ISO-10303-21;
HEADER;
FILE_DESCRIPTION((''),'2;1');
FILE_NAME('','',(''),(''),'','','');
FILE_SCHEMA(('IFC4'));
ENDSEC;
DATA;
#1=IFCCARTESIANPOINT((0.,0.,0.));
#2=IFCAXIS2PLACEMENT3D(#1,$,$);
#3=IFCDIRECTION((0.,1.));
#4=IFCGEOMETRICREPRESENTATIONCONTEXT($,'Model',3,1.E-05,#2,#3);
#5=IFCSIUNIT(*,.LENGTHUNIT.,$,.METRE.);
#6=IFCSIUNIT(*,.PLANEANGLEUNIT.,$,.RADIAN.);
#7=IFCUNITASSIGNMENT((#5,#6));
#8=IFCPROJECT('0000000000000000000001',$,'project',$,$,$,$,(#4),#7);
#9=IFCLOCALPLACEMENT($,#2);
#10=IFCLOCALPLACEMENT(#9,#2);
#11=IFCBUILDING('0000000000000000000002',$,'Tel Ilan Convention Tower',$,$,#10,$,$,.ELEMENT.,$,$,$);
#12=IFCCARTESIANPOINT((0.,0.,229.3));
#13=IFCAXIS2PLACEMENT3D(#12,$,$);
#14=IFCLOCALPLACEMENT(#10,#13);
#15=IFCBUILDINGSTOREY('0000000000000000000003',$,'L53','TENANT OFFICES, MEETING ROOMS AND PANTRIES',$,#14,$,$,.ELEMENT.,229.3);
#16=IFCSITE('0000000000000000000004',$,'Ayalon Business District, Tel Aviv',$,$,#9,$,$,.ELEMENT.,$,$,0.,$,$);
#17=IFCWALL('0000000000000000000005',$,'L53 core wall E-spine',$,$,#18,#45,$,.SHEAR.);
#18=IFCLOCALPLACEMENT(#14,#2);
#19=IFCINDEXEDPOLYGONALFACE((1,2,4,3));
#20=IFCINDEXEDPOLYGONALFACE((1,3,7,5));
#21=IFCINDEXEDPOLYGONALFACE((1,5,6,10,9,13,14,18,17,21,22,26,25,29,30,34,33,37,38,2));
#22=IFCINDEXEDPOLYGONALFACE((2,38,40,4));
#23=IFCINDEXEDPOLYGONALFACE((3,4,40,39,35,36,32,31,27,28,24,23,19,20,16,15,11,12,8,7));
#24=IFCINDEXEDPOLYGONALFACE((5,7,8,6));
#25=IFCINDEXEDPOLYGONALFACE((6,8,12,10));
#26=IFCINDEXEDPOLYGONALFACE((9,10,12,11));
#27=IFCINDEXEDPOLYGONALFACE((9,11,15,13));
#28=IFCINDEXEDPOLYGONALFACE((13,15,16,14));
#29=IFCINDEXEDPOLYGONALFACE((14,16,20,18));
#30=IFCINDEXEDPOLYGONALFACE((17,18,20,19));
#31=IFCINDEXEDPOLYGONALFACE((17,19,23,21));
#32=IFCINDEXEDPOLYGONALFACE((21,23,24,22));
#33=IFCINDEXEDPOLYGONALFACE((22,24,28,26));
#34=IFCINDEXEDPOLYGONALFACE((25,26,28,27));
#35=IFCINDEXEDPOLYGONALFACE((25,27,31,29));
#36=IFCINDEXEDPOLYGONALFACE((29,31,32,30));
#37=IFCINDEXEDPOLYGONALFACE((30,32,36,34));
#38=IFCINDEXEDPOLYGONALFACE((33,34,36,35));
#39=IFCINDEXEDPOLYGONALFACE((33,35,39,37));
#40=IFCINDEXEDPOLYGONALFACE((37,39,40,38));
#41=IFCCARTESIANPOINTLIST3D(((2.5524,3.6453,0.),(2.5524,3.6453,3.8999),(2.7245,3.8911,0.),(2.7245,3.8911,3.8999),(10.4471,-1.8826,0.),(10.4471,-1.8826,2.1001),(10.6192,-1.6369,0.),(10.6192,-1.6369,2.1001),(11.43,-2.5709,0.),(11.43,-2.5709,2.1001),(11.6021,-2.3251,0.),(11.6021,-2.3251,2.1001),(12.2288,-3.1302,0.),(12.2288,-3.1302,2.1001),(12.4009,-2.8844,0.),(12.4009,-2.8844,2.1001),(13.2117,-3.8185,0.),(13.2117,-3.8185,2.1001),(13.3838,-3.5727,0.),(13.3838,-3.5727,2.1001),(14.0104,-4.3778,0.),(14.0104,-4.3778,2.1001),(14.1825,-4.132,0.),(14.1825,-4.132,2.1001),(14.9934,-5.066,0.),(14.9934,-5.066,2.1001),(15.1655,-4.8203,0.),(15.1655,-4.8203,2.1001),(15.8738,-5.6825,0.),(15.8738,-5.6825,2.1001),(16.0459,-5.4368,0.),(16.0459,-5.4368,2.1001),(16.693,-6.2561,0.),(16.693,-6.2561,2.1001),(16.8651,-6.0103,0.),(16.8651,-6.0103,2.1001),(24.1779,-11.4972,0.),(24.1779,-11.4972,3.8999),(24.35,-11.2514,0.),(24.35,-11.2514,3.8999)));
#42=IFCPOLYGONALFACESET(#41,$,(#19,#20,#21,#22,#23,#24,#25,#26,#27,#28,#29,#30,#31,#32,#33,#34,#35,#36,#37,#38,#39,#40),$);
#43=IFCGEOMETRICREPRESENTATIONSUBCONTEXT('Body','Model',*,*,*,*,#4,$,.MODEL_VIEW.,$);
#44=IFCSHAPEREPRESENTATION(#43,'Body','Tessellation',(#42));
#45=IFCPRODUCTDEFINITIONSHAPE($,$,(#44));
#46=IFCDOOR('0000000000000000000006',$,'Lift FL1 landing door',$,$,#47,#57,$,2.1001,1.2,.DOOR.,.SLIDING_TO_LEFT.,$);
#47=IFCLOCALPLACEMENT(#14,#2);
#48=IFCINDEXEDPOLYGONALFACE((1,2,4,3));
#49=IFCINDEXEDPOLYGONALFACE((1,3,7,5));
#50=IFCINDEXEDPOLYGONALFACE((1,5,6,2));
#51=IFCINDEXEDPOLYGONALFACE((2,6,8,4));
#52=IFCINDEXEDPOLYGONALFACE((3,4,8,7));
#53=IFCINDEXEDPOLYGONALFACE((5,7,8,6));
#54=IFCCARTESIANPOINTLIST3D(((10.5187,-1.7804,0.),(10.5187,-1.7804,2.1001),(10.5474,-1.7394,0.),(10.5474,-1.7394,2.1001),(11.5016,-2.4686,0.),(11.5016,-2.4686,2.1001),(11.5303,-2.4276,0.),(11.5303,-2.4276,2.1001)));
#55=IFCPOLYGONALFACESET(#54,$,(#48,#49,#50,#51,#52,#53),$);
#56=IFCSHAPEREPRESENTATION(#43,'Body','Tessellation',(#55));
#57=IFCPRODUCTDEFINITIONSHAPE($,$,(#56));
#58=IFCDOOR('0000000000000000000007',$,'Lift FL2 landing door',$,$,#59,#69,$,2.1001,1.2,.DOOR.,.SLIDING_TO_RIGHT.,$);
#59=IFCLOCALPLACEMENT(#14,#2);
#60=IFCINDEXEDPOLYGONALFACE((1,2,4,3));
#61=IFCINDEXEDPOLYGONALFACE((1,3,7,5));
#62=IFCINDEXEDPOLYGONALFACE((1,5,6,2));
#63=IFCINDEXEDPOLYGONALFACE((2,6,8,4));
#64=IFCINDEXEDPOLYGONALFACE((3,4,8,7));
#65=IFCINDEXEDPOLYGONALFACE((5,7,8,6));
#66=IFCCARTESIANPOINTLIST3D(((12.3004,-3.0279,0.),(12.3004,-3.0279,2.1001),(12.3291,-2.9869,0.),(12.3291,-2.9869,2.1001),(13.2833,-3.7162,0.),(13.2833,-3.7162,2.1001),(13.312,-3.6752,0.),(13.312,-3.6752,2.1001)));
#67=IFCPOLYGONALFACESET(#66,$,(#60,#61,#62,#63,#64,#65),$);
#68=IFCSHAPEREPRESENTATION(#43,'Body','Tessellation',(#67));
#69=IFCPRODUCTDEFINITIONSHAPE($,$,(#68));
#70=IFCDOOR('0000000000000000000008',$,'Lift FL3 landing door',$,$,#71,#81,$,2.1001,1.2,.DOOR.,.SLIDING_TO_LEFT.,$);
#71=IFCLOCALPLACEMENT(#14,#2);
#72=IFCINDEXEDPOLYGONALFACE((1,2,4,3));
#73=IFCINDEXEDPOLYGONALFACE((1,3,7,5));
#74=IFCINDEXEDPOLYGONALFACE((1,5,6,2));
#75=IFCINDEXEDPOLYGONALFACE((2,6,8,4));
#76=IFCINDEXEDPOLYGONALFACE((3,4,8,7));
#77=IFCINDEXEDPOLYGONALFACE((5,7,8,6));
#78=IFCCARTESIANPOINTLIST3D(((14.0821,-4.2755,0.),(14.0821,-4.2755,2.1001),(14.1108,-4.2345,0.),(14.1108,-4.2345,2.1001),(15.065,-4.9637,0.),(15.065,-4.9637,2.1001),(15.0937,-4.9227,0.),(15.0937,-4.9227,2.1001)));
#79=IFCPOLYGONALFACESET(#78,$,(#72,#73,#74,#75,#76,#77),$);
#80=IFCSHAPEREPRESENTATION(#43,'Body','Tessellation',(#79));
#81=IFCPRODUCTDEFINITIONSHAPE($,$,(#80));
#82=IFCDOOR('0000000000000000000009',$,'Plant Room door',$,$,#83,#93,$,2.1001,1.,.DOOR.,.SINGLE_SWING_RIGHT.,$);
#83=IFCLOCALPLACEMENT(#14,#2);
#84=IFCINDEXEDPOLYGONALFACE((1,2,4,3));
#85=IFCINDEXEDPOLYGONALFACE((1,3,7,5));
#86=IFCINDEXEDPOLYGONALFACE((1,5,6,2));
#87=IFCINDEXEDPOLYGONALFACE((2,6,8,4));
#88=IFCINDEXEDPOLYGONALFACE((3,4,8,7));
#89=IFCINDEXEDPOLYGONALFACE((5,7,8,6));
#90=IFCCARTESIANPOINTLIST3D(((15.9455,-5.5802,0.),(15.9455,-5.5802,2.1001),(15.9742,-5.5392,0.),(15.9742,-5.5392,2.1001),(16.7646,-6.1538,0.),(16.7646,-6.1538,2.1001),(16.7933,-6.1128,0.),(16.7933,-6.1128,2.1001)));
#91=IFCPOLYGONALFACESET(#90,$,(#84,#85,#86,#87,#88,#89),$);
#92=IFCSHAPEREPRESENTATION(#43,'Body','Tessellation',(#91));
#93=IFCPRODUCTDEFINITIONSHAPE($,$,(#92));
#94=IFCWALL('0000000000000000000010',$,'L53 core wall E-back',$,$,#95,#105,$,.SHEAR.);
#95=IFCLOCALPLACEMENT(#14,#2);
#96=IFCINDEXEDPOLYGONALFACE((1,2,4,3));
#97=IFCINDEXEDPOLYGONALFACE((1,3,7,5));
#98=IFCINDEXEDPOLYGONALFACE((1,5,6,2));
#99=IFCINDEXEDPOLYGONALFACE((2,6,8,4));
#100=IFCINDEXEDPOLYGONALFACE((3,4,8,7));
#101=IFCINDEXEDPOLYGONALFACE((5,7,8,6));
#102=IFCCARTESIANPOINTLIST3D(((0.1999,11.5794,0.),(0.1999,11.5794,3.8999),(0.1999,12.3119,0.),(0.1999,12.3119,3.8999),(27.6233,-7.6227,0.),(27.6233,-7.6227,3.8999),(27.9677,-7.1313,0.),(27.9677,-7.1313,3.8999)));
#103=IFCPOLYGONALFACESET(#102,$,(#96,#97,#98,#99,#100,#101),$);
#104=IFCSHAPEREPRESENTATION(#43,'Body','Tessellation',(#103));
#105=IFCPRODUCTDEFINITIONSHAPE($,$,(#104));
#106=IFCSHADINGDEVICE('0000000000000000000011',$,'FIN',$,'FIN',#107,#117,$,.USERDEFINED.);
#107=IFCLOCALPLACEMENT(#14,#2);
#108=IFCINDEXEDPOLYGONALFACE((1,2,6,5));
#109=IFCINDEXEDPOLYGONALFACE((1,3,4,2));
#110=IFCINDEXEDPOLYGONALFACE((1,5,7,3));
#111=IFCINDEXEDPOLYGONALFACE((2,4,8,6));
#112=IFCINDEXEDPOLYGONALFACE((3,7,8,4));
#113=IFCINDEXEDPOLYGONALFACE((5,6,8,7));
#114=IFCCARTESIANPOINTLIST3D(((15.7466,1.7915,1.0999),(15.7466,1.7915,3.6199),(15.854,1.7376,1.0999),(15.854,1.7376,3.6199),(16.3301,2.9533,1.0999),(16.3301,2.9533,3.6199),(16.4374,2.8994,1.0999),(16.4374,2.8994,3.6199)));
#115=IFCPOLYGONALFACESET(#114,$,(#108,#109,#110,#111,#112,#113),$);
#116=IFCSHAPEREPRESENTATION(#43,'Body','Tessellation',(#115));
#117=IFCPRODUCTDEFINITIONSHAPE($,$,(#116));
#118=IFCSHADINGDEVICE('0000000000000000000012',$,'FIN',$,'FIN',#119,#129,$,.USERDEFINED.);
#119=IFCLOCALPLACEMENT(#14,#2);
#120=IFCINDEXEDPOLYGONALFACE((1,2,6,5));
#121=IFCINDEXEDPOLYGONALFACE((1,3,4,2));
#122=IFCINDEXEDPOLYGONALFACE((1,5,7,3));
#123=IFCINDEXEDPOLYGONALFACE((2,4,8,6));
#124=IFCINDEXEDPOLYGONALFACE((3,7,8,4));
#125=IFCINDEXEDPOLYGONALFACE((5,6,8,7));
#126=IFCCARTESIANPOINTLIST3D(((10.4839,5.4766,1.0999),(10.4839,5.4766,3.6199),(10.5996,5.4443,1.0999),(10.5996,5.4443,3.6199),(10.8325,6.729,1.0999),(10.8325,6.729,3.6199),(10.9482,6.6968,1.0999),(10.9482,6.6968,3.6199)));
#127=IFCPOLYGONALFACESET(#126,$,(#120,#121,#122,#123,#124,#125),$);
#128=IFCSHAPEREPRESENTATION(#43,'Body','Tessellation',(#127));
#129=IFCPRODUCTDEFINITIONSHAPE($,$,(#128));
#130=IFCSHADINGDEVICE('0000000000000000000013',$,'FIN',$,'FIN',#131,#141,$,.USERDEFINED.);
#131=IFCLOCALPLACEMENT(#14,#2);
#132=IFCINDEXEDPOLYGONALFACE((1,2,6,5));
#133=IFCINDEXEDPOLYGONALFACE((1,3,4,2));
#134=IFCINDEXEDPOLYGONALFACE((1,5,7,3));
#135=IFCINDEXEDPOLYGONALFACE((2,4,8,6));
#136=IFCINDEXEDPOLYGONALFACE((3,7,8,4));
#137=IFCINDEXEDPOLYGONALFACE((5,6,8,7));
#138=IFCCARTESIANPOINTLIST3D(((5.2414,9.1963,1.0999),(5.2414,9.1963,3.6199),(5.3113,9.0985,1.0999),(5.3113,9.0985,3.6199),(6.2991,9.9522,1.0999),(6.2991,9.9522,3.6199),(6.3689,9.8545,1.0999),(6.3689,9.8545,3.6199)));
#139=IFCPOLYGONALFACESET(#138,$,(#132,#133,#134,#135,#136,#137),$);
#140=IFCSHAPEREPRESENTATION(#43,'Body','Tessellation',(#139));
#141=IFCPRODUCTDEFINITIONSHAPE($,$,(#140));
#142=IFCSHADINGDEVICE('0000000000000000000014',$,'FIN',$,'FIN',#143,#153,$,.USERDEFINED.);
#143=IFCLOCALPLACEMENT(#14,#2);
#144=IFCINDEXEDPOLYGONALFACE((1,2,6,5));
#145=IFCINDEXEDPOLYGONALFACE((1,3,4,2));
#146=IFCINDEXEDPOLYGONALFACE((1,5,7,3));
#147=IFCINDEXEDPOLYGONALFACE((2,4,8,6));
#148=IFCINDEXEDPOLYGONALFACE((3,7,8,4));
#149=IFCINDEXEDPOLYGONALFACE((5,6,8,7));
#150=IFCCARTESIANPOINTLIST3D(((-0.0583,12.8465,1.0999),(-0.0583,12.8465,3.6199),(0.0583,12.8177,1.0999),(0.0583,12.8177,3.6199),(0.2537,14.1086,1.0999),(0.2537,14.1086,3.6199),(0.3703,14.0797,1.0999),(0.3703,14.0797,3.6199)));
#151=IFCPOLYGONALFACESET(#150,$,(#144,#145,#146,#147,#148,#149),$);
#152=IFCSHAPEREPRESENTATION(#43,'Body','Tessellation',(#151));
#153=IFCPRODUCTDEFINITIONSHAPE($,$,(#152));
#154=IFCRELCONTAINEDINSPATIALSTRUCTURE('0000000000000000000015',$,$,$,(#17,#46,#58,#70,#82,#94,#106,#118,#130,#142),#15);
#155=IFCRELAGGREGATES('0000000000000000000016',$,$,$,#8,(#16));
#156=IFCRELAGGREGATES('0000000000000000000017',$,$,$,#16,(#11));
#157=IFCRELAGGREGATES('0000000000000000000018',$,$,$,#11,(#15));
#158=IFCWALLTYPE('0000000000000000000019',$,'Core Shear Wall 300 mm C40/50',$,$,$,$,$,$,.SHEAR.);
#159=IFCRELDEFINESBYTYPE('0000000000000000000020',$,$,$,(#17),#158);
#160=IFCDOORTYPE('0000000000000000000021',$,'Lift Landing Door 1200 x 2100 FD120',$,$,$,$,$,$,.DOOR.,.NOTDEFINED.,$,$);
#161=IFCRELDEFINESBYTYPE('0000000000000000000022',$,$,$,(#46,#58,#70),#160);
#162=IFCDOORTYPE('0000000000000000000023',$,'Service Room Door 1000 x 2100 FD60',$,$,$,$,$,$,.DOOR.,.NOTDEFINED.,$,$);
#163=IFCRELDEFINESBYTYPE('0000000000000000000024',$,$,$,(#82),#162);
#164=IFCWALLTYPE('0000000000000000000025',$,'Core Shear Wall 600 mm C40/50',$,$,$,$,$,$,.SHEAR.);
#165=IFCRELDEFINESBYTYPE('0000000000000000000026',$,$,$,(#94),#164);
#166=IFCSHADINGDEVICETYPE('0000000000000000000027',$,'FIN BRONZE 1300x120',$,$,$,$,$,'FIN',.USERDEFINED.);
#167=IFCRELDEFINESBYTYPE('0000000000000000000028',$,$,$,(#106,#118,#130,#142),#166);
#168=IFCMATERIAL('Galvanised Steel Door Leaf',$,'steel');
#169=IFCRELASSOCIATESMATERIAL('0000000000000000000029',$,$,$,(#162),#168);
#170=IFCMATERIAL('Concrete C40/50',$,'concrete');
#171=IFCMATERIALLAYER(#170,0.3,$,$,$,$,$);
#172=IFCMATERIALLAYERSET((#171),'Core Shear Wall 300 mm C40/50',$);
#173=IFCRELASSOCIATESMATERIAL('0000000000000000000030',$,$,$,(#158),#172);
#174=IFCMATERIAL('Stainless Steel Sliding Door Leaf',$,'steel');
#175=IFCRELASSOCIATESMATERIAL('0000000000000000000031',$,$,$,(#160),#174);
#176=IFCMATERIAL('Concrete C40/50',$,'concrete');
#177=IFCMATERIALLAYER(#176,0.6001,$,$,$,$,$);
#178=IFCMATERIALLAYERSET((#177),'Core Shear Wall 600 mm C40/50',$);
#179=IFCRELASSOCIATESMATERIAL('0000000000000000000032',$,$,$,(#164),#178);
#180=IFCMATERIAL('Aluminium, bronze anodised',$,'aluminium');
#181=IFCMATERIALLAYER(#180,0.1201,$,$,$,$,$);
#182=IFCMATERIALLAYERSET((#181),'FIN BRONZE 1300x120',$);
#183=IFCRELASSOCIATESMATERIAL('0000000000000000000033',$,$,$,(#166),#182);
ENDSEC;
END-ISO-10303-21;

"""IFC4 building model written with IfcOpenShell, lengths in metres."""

from ifc_helpers import new_model, si_unit, direction, frame, frame_2d, origin, origin_2d, place, context, subcontext, project, spatial, polyline, rectangle, outline, extrude, material, layer, layer_set, type_object, element, fill, save


model = new_model("IFC4")

# Units and contexts
model_context = context("Model", 3, precision=1e-05, world=origin(), true_north=direction((0.0, 1.0)))
body_context = subcontext(model_context, "Body", "Model", "MODEL_VIEW")
ifc_project = project(units=[si_unit("LENGTHUNIT", "METRE"), si_unit("PLANEANGLEUNIT", "RADIAN")], contexts=[model_context])

# Site, building, storey
site_placement = place(None, origin())
site = spatial("IfcSite", under=ifc_project, at=site_placement, Name="Ayalon Business District, Tel Aviv", CompositionType="ELEMENT", RefElevation=0.0)
building_placement = place(site_placement, origin())
building = spatial("IfcBuilding", under=site, at=building_placement, Name="Tel Ilan Convention Tower", CompositionType="ELEMENT")
storey_placement = place(building_placement, frame((0.0, 0.0, 229.3)))
storey = spatial("IfcBuildingStorey", under=building, at=storey_placement, Name="L53", Description="TENANT OFFICES, MEETING ROOMS AND PANTRIES", CompositionType="ELEMENT", Elevation=229.3)

# Shared definitions
ifc_material_1 = material(Name="Galvanised Steel Door Leaf", Category="steel")
door_type_1 = type_object("IfcDoorType", Name="Service Room Door 1000 x 2100 FD60", OperationType="NOTDEFINED", PredefinedType="DOOR", material=ifc_material_1)

# Wall, openings, doors
ifc_material_2 = material(Name="Concrete C40/50", Category="concrete")
ifc_layer_1 = layer(ifc_material_2, 0.3)
ifc_layer_set_1 = layer_set([ifc_layer_1], Name="Core Shear Wall 300 mm C40/50")
wall_type_1 = type_object("IfcWallType", Name="Core Shear Wall 300 mm C40/50", PredefinedType="SHEAR", material=ifc_layer_set_1)
wall_1_placement = place(storey_placement, frame((2.6384, 3.7681, 0.0), z_axis=(0.0, 0.0, 1.0), x_axis=(0.819155, -0.573572, 0.0)))
wall_1 = element("IfcWall", 1, at=wall_1_placement, inside=storey, type_object=wall_type_1, Name="L53 core wall E-spine", PredefinedType="SHEAR", context=body_context, shape_type="SweptSolid", body=[
    extrude(outline(polyline([(0.0, 0.1501), (0.0, -0.1499), (26.3999, -0.1501), (26.3999, 0.1499), (0.0, 0.1501)])), origin(), (0.0, 0.0, 1.0), 3.8999),
])
opening_1_placement = place(wall_1_placement, frame((9.6375, 0.0, 0.0)))
opening_1 = element("IfcOpeningElement", 2, at=opening_1_placement, cuts=wall_1, PredefinedType="OPENING", context=body_context, shape_type="SweptSolid", body=[
    extrude(rectangle(XDim=1.2, YDim=2.1001, at=frame_2d((0.6001, 1.05))), frame((0.0, 0.1599, 0.0), z_axis=(0.0, -1.0, 0.0), x_axis=(1.0, 0.0, 0.0)), (0.0, 0.0, 1.0), 0.3201),
])
opening_2_placement = place(wall_1_placement, frame((11.8125, 0.0, 0.0)))
opening_2 = element("IfcOpeningElement", 3, at=opening_2_placement, cuts=wall_1, PredefinedType="OPENING", context=body_context, shape_type="SweptSolid", body=[
    extrude(rectangle(XDim=1.2, YDim=2.1001, at=frame_2d((0.6001, 1.05))), frame((0.0, 0.1599, 0.0), z_axis=(0.0, -1.0, 0.0), x_axis=(1.0, 0.0, 0.0)), (0.0, 0.0, 1.0), 0.3201),
])
opening_3_placement = place(wall_1_placement, frame((13.9875, 0.0, 0.0)))
opening_3 = element("IfcOpeningElement", 4, at=opening_3_placement, cuts=wall_1, PredefinedType="OPENING", context=body_context, shape_type="SweptSolid", body=[
    extrude(rectangle(XDim=1.2, YDim=2.1001, at=frame_2d((0.6001, 1.05))), frame((0.0, 0.1599, 0.0), z_axis=(0.0, -1.0, 0.0), x_axis=(1.0, 0.0, 0.0)), (0.0, 0.0, 1.0), 0.3201),
])
opening_4_placement = place(wall_1_placement, frame((16.2625, 0.0, 0.0)))
opening_4 = element("IfcOpeningElement", 5, at=opening_4_placement, cuts=wall_1, PredefinedType="OPENING", context=body_context, shape_type="SweptSolid", body=[
    extrude(rectangle(XDim=1.0, YDim=2.1001, at=frame_2d((0.5, 1.05))), frame((0.0, 0.1599, 0.0), z_axis=(0.0, -1.0, 0.0), x_axis=(1.0, 0.0, 0.0)), (0.0, 0.0, 1.0), 0.3201),
])
ifc_material_3 = material(Name="Stainless Steel Sliding Door Leaf", Category="steel")
door_type_2 = type_object("IfcDoorType", Name="Lift Landing Door 1200 x 2100 FD120", OperationType="NOTDEFINED", PredefinedType="DOOR", material=ifc_material_3)
door_1_placement = place(opening_1_placement, origin())
door_1 = element("IfcDoor", 6, at=door_1_placement, inside=storey, type_object=door_type_2, Name="Lift FL1 landing door", OperationType="SLIDING_TO_LEFT", OverallHeight=2.1001, OverallWidth=1.2, PredefinedType="DOOR", context=body_context, shape_type="SweptSolid", body=[
    extrude(rectangle(XDim=1.2, YDim=2.1001, at=frame_2d((0.6001, 1.05))), frame((0.0, 0.0249, 0.0), z_axis=(0.0, -1.0, 0.0), x_axis=(1.0, 0.0, 0.0)), (0.0, 0.0, 1.0), 0.05),
])
fill(opening_1, door_1)
door_2_placement = place(opening_2_placement, origin())
door_2 = element("IfcDoor", 7, at=door_2_placement, inside=storey, type_object=door_type_2, Name="Lift FL2 landing door", OperationType="SLIDING_TO_RIGHT", OverallHeight=2.1001, OverallWidth=1.2, PredefinedType="DOOR", context=body_context, shape_type="SweptSolid", body=[
    extrude(rectangle(XDim=1.2, YDim=2.1001, at=frame_2d((0.6001, 1.05))), frame((0.0, 0.0249, 0.0), z_axis=(0.0, -1.0, 0.0), x_axis=(1.0, 0.0, 0.0)), (0.0, 0.0, 1.0), 0.05),
])
fill(opening_2, door_2)
door_3_placement = place(opening_3_placement, origin())
door_3 = element("IfcDoor", 8, at=door_3_placement, inside=storey, type_object=door_type_2, Name="Lift FL3 landing door", OperationType="SLIDING_TO_LEFT", OverallHeight=2.1001, OverallWidth=1.2, PredefinedType="DOOR", context=body_context, shape_type="SweptSolid", body=[
    extrude(rectangle(XDim=1.2, YDim=2.1001, at=frame_2d((0.6001, 1.05))), frame((0.0, 0.0249, 0.0), z_axis=(0.0, -1.0, 0.0), x_axis=(1.0, 0.0, 0.0)), (0.0, 0.0, 1.0), 0.05),
])
fill(opening_3, door_3)
door_4_placement = place(opening_4_placement, origin())
door_4 = element("IfcDoor", 9, at=door_4_placement, inside=storey, type_object=door_type_1, Name="Plant Room door", OperationType="SINGLE_SWING_RIGHT", OverallHeight=2.1001, OverallWidth=1.0, PredefinedType="DOOR", context=body_context, shape_type="SweptSolid", body=[
    extrude(rectangle(XDim=1.0, YDim=2.1001, at=frame_2d((0.5, 1.05))), frame((0.0, 0.0249, 0.0), z_axis=(0.0, -1.0, 0.0), x_axis=(1.0, 0.0, 0.0)), (0.0, 0.0, 1.0), 0.05),
])
fill(opening_4, door_4)

# Wall
ifc_material_4 = material(Name="Concrete C40/50", Category="concrete")
ifc_layer_2 = layer(ifc_material_4, 0.6001)
ifc_layer_set_2 = layer_set([ifc_layer_2], Name="Core Shear Wall 600 mm C40/50")
wall_type_2 = type_object("IfcWallType", Name="Core Shear Wall 600 mm C40/50", PredefinedType="SHEAR", material=ifc_layer_set_2)
wall_2_placement = place(storey_placement, frame((0.0278, 12.0662, 0.0), z_axis=(0.0, 0.0, 1.0), x_axis=(0.819151, -0.573577, 0.0)))
element("IfcWall", 10, at=wall_2_placement, inside=storey, type_object=wall_type_2, Name="L53 core wall E-back", PredefinedType="SHEAR", context=body_context, shape_type="SweptSolid", body=[
    extrude(outline(polyline([(33.8982, 0.3), (0.0, 0.3), (0.4202, -0.3), (33.8979, -0.3), (33.8982, 0.3)])), origin(), (0.0, 0.0, 1.0), 3.8999),
])

# Shading devices
ifc_material_5 = material(Name="Aluminium, bronze anodised", Category="aluminium")
ifc_layer_3 = layer(ifc_material_5, 0.1201)
ifc_layer_set_3 = layer_set([ifc_layer_3], Name="FIN BRONZE 1300x120")
shading_device_type = type_object("IfcShadingDeviceType", Name="FIN BRONZE 1300x120", ElementType="FIN", PredefinedType="USERDEFINED", material=ifc_layer_set_3)
for number, where, z_axis, x_axis, name in (
    (11, (16.092, 2.3455, 1.0999), (0.0, 0.0, 1.0), (0.448799, 0.893633, 0.0), "FIN"),
    (12, (10.7161, 6.0867, 1.0999), (0.0, 0.0, 1.0), (0.268173, 0.963371, 0.0), "FIN"),
    (13, (5.8052, 9.5254, 1.0999), (0.0, 0.0, 1.0), (0.813552, 0.581492, 0.0), "FIN"),
    (14, (0.156, 13.4631, 1.0999), (0.0, 0.0, 1.0), (0.24004, 0.970763, 0.0), "FIN"),
):
    element("IfcShadingDevice", number, at=place(storey_placement, frame(where, z_axis=z_axis, x_axis=x_axis)), inside=storey, type_object=shading_device_type, Name=name, ObjectType="FIN", PredefinedType="USERDEFINED", context=body_context, shape_type="SweptSolid", body=[
        extrude(rectangle(XDim=1.3, YDim=0.1201, at=origin_2d()), origin(), (0.0, 0.0, 1.0), 2.52),
    ])

save(model, "model.ifc")
